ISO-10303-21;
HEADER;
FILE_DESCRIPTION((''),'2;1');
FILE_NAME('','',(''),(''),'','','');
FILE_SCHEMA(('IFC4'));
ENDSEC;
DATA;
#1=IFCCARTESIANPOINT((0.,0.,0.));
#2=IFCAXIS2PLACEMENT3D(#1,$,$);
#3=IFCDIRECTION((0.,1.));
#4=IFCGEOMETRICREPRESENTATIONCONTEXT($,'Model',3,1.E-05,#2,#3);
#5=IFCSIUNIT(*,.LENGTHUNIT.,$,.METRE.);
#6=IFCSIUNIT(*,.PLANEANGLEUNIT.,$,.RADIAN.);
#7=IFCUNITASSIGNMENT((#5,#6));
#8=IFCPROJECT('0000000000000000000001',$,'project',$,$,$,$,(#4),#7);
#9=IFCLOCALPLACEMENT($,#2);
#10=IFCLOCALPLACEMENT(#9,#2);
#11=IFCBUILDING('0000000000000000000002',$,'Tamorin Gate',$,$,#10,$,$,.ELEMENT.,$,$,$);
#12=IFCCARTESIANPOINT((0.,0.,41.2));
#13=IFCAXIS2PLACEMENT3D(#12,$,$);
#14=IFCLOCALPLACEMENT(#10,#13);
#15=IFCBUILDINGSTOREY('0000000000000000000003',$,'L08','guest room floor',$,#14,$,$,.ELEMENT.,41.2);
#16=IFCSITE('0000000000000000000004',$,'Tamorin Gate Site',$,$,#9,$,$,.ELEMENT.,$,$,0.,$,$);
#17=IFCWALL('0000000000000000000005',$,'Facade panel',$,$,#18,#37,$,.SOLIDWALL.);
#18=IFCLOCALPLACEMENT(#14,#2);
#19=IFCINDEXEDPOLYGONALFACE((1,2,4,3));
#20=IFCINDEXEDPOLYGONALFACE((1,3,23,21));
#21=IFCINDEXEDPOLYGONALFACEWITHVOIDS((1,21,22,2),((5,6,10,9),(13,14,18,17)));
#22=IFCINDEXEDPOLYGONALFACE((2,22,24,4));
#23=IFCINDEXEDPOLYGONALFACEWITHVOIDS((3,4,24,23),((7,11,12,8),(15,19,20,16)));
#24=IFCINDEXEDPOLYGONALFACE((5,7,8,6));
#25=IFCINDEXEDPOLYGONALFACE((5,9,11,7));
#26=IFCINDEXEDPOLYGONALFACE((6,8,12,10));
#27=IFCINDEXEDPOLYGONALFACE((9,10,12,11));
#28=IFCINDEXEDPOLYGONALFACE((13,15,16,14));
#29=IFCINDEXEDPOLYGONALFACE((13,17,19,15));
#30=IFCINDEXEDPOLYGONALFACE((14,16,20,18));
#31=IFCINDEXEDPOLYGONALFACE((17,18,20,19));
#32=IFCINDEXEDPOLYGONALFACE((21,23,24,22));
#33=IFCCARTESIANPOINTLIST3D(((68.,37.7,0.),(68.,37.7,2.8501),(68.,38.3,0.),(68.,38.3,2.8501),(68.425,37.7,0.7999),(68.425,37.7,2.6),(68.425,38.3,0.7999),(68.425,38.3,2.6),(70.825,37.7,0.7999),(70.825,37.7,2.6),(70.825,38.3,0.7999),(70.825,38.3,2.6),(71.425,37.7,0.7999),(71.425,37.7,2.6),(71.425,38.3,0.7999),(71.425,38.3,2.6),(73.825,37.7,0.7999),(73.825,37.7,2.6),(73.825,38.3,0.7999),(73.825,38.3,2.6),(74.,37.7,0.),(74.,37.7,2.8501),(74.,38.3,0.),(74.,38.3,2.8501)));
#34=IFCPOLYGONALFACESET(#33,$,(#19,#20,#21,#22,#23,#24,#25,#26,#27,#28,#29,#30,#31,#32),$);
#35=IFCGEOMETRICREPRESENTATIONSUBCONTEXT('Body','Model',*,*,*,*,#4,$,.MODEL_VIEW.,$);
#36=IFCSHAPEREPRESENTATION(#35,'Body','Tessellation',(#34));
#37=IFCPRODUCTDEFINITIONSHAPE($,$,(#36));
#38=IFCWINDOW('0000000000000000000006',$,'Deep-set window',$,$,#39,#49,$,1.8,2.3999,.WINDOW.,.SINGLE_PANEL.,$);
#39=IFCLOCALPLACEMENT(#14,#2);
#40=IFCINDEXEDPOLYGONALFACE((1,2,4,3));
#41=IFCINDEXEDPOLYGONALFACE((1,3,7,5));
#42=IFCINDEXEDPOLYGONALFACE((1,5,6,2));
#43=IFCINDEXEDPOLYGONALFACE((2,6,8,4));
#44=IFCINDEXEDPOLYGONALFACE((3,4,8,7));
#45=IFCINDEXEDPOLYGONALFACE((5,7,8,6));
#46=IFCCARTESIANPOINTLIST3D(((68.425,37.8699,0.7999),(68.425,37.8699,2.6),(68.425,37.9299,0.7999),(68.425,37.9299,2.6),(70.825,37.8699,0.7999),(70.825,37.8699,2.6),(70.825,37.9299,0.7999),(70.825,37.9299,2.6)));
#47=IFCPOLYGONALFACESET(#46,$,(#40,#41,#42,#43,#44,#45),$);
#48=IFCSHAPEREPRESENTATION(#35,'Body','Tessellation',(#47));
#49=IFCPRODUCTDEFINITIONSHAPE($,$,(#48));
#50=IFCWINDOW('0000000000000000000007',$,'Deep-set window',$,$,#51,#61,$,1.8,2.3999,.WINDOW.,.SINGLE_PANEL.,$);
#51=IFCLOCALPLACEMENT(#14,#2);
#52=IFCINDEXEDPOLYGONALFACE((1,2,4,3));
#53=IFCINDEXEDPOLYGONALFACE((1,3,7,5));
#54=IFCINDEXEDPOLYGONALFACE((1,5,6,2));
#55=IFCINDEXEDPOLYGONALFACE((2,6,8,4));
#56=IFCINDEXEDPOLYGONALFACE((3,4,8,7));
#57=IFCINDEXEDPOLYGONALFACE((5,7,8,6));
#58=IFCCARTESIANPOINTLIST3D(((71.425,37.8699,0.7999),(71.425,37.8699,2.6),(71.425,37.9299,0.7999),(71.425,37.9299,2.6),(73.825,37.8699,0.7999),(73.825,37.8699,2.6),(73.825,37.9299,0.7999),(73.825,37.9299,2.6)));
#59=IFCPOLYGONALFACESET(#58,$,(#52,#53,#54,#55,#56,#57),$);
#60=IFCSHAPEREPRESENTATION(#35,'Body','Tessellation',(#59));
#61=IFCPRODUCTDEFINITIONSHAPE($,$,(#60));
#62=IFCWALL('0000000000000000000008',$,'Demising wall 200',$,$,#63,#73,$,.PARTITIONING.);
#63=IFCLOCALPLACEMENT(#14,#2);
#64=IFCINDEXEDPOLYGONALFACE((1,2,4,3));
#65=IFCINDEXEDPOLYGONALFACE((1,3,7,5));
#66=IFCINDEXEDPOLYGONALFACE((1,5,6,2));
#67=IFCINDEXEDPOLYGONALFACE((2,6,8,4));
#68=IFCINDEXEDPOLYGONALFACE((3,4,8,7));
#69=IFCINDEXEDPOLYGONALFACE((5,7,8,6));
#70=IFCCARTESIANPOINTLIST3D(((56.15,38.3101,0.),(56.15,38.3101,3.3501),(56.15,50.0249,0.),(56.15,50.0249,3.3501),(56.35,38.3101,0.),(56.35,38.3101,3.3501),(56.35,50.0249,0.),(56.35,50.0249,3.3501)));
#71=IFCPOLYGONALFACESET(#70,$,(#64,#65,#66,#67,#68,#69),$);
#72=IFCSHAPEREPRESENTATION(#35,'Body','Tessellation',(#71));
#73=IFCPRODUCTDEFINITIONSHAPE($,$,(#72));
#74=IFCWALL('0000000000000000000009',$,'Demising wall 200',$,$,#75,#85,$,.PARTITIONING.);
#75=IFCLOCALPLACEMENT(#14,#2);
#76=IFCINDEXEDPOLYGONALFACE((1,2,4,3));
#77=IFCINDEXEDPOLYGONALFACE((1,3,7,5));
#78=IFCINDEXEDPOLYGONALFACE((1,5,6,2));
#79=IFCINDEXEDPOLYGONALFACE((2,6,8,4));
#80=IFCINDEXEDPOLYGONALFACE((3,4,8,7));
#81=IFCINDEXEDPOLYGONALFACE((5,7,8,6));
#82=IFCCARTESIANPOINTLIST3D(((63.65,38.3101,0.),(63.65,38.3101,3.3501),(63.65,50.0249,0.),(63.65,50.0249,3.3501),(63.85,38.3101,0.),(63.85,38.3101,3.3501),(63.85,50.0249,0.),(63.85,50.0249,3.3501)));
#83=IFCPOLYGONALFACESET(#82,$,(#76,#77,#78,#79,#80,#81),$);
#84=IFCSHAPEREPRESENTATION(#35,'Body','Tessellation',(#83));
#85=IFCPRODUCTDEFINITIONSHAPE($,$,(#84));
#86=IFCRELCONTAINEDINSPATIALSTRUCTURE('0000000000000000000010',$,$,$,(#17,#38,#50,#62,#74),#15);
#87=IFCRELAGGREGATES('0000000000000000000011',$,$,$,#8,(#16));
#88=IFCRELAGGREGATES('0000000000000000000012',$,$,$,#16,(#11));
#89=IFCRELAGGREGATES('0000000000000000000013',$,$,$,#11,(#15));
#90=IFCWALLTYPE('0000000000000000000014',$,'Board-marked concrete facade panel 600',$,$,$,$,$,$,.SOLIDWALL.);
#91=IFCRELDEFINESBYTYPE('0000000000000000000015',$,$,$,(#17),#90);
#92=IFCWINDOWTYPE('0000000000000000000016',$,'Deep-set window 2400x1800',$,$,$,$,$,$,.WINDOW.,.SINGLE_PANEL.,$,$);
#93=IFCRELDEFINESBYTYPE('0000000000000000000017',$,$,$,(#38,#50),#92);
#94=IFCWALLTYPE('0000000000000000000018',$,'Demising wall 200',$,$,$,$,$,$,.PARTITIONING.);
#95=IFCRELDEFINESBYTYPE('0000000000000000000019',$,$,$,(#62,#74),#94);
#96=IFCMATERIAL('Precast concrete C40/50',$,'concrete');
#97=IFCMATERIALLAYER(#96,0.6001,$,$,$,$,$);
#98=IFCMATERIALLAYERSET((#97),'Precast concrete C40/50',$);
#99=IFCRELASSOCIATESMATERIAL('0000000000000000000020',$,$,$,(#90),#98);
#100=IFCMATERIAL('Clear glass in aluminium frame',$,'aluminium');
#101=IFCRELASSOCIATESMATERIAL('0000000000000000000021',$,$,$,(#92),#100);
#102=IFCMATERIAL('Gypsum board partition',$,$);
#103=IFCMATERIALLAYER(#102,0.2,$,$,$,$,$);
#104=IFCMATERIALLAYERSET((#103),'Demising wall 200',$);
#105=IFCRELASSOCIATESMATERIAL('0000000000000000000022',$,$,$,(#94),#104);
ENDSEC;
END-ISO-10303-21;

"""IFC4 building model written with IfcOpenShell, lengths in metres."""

from ifc_helpers import new_model, si_unit, direction, frame, frame_2d, origin, place, context, subcontext, project, spatial, rectangle, extrude, material, layer, layer_set, type_object, element, fill, save


model = new_model("IFC4")

# Units and contexts
model_context = context("Model", 3, precision=1e-05, world=origin(), true_north=direction((0.0, 1.0)))
body_context = subcontext(model_context, "Body", "Model", "MODEL_VIEW")
ifc_project = project(units=[si_unit("LENGTHUNIT", "METRE"), si_unit("PLANEANGLEUNIT", "RADIAN")], contexts=[model_context])

# Site, building, storey
site_placement = place(None, origin())
site = spatial("IfcSite", under=ifc_project, at=site_placement, Name="Tamorin Gate Site", CompositionType="ELEMENT", RefElevation=0.0)
building_placement = place(site_placement, origin())
building = spatial("IfcBuilding", under=site, at=building_placement, Name="Tamorin Gate", CompositionType="ELEMENT")
storey_placement = place(building_placement, frame((0.0, 0.0, 41.2)))
storey = spatial("IfcBuildingStorey", under=building, at=storey_placement, Name="L08", Description="guest room floor", CompositionType="ELEMENT", Elevation=41.2)

# Wall, openings, windows
ifc_material_1 = material(Name="Precast concrete C40/50", Category="concrete")
ifc_layer_1 = layer(ifc_material_1, 0.6001)
ifc_layer_set_1 = layer_set([ifc_layer_1], Name="Precast concrete C40/50")
wall_type_1 = type_object("IfcWallType", Name="Board-marked concrete facade panel 600", PredefinedType="SOLIDWALL", material=ifc_layer_set_1)
ifc_material_2 = material(Name="Clear glass in aluminium frame", Category="aluminium")
window_type = type_object("IfcWindowType", Name="Deep-set window 2400x1800", PartitioningType="SINGLE_PANEL", PredefinedType="WINDOW", material=ifc_material_2)
wall_1_placement = place(storey_placement, frame((68.0, 38.0, 0.0), z_axis=(0.0, 0.0, 1.0), x_axis=(1.0, 0.0, 0.0)))
wall_1 = element("IfcWall", 1, at=wall_1_placement, inside=storey, type_object=wall_type_1, Name="Facade panel", PredefinedType="SOLIDWALL", context=body_context, shape_type="SweptSolid", body=[
    extrude(rectangle(XDim=6.0, YDim=0.6001, at=frame_2d((3.0, 0.0))), origin(), (0.0, 0.0, 1.0), 2.8501),
])
opening_1_placement = place(wall_1_placement, frame((0.425, 0.0, 0.8)))
opening_1 = element("IfcOpeningElement", 2, at=opening_1_placement, cuts=wall_1, PredefinedType="OPENING", context=body_context, shape_type="SweptSolid", body=[
    extrude(rectangle(XDim=2.3999, YDim=1.8, at=frame_2d((1.2, 0.8999))), frame((0.0, 0.3101, 0.0), z_axis=(0.0, -1.0, 0.0), x_axis=(1.0, 0.0, 0.0)), (0.0, 0.0, 1.0), 0.6201),
])
opening_2_placement = place(wall_1_placement, frame((3.425, 0.0, 0.8)))
opening_2 = element("IfcOpeningElement", 3, at=opening_2_placement, cuts=wall_1, PredefinedType="OPENING", context=body_context, shape_type="SweptSolid", body=[
    extrude(rectangle(XDim=2.3999, YDim=1.8, at=frame_2d((1.2, 0.8999))), frame((0.0, 0.3101, 0.0), z_axis=(0.0, -1.0, 0.0), x_axis=(1.0, 0.0, 0.0)), (0.0, 0.0, 1.0), 0.6201),
])
window_1_placement = place(opening_1_placement, origin())
window_1 = element("IfcWindow", 4, at=window_1_placement, inside=storey, type_object=window_type, Name="Deep-set window", OverallHeight=1.8, OverallWidth=2.3999, PartitioningType="SINGLE_PANEL", PredefinedType="WINDOW", context=body_context, shape_type="SweptSolid", body=[
    extrude(rectangle(XDim=2.3999, YDim=1.8, at=frame_2d((1.2, 0.8999))), frame((0.0, -0.0701, 0.0), z_axis=(0.0, -1.0, 0.0), x_axis=(1.0, 0.0, 0.0)), (0.0, 0.0, 1.0), 0.0601),
])
fill(opening_1, window_1)
window_2_placement = place(opening_2_placement, origin())
window_2 = element("IfcWindow", 5, at=window_2_placement, inside=storey, type_object=window_type, Name="Deep-set window", OverallHeight=1.8, OverallWidth=2.3999, PartitioningType="SINGLE_PANEL", PredefinedType="WINDOW", context=body_context, shape_type="SweptSolid", body=[
    extrude(rectangle(XDim=2.3999, YDim=1.8, at=frame_2d((1.2, 0.8999))), frame((0.0, -0.0701, 0.0), z_axis=(0.0, -1.0, 0.0), x_axis=(1.0, 0.0, 0.0)), (0.0, 0.0, 1.0), 0.0601),
])
fill(opening_2, window_2)

# Walls
ifc_material_3 = material(Name="Gypsum board partition")
ifc_layer_2 = layer(ifc_material_3, 0.2)
ifc_layer_set_2 = layer_set([ifc_layer_2], Name="Demising wall 200")
wall_type_2 = type_object("IfcWallType", Name="Demising wall 200", PredefinedType="PARTITIONING", material=ifc_layer_set_2)
for number, where, z_axis, x_axis, name in (
    (6, (56.25, 38.3101, 0.0), (0.0, 0.0, 1.0), (0.0, 1.0, 0.0), "Demising wall 200"),
    (7, (63.75, 38.3101, 0.0), (0.0, 0.0, 1.0), (0.0, 1.0, 0.0), "Demising wall 200"),
):
    element("IfcWall", number, at=place(storey_placement, frame(where, z_axis=z_axis, x_axis=x_axis)), inside=storey, type_object=wall_type_2, Name=name, PredefinedType="PARTITIONING", context=body_context, shape_type="SweptSolid", body=[
        extrude(rectangle(XDim=11.7148, YDim=0.2, at=frame_2d((5.8574, 0.0))), origin(), (0.0, 0.0, 1.0), 3.3501),
    ])

save(model, "model.ifc")
